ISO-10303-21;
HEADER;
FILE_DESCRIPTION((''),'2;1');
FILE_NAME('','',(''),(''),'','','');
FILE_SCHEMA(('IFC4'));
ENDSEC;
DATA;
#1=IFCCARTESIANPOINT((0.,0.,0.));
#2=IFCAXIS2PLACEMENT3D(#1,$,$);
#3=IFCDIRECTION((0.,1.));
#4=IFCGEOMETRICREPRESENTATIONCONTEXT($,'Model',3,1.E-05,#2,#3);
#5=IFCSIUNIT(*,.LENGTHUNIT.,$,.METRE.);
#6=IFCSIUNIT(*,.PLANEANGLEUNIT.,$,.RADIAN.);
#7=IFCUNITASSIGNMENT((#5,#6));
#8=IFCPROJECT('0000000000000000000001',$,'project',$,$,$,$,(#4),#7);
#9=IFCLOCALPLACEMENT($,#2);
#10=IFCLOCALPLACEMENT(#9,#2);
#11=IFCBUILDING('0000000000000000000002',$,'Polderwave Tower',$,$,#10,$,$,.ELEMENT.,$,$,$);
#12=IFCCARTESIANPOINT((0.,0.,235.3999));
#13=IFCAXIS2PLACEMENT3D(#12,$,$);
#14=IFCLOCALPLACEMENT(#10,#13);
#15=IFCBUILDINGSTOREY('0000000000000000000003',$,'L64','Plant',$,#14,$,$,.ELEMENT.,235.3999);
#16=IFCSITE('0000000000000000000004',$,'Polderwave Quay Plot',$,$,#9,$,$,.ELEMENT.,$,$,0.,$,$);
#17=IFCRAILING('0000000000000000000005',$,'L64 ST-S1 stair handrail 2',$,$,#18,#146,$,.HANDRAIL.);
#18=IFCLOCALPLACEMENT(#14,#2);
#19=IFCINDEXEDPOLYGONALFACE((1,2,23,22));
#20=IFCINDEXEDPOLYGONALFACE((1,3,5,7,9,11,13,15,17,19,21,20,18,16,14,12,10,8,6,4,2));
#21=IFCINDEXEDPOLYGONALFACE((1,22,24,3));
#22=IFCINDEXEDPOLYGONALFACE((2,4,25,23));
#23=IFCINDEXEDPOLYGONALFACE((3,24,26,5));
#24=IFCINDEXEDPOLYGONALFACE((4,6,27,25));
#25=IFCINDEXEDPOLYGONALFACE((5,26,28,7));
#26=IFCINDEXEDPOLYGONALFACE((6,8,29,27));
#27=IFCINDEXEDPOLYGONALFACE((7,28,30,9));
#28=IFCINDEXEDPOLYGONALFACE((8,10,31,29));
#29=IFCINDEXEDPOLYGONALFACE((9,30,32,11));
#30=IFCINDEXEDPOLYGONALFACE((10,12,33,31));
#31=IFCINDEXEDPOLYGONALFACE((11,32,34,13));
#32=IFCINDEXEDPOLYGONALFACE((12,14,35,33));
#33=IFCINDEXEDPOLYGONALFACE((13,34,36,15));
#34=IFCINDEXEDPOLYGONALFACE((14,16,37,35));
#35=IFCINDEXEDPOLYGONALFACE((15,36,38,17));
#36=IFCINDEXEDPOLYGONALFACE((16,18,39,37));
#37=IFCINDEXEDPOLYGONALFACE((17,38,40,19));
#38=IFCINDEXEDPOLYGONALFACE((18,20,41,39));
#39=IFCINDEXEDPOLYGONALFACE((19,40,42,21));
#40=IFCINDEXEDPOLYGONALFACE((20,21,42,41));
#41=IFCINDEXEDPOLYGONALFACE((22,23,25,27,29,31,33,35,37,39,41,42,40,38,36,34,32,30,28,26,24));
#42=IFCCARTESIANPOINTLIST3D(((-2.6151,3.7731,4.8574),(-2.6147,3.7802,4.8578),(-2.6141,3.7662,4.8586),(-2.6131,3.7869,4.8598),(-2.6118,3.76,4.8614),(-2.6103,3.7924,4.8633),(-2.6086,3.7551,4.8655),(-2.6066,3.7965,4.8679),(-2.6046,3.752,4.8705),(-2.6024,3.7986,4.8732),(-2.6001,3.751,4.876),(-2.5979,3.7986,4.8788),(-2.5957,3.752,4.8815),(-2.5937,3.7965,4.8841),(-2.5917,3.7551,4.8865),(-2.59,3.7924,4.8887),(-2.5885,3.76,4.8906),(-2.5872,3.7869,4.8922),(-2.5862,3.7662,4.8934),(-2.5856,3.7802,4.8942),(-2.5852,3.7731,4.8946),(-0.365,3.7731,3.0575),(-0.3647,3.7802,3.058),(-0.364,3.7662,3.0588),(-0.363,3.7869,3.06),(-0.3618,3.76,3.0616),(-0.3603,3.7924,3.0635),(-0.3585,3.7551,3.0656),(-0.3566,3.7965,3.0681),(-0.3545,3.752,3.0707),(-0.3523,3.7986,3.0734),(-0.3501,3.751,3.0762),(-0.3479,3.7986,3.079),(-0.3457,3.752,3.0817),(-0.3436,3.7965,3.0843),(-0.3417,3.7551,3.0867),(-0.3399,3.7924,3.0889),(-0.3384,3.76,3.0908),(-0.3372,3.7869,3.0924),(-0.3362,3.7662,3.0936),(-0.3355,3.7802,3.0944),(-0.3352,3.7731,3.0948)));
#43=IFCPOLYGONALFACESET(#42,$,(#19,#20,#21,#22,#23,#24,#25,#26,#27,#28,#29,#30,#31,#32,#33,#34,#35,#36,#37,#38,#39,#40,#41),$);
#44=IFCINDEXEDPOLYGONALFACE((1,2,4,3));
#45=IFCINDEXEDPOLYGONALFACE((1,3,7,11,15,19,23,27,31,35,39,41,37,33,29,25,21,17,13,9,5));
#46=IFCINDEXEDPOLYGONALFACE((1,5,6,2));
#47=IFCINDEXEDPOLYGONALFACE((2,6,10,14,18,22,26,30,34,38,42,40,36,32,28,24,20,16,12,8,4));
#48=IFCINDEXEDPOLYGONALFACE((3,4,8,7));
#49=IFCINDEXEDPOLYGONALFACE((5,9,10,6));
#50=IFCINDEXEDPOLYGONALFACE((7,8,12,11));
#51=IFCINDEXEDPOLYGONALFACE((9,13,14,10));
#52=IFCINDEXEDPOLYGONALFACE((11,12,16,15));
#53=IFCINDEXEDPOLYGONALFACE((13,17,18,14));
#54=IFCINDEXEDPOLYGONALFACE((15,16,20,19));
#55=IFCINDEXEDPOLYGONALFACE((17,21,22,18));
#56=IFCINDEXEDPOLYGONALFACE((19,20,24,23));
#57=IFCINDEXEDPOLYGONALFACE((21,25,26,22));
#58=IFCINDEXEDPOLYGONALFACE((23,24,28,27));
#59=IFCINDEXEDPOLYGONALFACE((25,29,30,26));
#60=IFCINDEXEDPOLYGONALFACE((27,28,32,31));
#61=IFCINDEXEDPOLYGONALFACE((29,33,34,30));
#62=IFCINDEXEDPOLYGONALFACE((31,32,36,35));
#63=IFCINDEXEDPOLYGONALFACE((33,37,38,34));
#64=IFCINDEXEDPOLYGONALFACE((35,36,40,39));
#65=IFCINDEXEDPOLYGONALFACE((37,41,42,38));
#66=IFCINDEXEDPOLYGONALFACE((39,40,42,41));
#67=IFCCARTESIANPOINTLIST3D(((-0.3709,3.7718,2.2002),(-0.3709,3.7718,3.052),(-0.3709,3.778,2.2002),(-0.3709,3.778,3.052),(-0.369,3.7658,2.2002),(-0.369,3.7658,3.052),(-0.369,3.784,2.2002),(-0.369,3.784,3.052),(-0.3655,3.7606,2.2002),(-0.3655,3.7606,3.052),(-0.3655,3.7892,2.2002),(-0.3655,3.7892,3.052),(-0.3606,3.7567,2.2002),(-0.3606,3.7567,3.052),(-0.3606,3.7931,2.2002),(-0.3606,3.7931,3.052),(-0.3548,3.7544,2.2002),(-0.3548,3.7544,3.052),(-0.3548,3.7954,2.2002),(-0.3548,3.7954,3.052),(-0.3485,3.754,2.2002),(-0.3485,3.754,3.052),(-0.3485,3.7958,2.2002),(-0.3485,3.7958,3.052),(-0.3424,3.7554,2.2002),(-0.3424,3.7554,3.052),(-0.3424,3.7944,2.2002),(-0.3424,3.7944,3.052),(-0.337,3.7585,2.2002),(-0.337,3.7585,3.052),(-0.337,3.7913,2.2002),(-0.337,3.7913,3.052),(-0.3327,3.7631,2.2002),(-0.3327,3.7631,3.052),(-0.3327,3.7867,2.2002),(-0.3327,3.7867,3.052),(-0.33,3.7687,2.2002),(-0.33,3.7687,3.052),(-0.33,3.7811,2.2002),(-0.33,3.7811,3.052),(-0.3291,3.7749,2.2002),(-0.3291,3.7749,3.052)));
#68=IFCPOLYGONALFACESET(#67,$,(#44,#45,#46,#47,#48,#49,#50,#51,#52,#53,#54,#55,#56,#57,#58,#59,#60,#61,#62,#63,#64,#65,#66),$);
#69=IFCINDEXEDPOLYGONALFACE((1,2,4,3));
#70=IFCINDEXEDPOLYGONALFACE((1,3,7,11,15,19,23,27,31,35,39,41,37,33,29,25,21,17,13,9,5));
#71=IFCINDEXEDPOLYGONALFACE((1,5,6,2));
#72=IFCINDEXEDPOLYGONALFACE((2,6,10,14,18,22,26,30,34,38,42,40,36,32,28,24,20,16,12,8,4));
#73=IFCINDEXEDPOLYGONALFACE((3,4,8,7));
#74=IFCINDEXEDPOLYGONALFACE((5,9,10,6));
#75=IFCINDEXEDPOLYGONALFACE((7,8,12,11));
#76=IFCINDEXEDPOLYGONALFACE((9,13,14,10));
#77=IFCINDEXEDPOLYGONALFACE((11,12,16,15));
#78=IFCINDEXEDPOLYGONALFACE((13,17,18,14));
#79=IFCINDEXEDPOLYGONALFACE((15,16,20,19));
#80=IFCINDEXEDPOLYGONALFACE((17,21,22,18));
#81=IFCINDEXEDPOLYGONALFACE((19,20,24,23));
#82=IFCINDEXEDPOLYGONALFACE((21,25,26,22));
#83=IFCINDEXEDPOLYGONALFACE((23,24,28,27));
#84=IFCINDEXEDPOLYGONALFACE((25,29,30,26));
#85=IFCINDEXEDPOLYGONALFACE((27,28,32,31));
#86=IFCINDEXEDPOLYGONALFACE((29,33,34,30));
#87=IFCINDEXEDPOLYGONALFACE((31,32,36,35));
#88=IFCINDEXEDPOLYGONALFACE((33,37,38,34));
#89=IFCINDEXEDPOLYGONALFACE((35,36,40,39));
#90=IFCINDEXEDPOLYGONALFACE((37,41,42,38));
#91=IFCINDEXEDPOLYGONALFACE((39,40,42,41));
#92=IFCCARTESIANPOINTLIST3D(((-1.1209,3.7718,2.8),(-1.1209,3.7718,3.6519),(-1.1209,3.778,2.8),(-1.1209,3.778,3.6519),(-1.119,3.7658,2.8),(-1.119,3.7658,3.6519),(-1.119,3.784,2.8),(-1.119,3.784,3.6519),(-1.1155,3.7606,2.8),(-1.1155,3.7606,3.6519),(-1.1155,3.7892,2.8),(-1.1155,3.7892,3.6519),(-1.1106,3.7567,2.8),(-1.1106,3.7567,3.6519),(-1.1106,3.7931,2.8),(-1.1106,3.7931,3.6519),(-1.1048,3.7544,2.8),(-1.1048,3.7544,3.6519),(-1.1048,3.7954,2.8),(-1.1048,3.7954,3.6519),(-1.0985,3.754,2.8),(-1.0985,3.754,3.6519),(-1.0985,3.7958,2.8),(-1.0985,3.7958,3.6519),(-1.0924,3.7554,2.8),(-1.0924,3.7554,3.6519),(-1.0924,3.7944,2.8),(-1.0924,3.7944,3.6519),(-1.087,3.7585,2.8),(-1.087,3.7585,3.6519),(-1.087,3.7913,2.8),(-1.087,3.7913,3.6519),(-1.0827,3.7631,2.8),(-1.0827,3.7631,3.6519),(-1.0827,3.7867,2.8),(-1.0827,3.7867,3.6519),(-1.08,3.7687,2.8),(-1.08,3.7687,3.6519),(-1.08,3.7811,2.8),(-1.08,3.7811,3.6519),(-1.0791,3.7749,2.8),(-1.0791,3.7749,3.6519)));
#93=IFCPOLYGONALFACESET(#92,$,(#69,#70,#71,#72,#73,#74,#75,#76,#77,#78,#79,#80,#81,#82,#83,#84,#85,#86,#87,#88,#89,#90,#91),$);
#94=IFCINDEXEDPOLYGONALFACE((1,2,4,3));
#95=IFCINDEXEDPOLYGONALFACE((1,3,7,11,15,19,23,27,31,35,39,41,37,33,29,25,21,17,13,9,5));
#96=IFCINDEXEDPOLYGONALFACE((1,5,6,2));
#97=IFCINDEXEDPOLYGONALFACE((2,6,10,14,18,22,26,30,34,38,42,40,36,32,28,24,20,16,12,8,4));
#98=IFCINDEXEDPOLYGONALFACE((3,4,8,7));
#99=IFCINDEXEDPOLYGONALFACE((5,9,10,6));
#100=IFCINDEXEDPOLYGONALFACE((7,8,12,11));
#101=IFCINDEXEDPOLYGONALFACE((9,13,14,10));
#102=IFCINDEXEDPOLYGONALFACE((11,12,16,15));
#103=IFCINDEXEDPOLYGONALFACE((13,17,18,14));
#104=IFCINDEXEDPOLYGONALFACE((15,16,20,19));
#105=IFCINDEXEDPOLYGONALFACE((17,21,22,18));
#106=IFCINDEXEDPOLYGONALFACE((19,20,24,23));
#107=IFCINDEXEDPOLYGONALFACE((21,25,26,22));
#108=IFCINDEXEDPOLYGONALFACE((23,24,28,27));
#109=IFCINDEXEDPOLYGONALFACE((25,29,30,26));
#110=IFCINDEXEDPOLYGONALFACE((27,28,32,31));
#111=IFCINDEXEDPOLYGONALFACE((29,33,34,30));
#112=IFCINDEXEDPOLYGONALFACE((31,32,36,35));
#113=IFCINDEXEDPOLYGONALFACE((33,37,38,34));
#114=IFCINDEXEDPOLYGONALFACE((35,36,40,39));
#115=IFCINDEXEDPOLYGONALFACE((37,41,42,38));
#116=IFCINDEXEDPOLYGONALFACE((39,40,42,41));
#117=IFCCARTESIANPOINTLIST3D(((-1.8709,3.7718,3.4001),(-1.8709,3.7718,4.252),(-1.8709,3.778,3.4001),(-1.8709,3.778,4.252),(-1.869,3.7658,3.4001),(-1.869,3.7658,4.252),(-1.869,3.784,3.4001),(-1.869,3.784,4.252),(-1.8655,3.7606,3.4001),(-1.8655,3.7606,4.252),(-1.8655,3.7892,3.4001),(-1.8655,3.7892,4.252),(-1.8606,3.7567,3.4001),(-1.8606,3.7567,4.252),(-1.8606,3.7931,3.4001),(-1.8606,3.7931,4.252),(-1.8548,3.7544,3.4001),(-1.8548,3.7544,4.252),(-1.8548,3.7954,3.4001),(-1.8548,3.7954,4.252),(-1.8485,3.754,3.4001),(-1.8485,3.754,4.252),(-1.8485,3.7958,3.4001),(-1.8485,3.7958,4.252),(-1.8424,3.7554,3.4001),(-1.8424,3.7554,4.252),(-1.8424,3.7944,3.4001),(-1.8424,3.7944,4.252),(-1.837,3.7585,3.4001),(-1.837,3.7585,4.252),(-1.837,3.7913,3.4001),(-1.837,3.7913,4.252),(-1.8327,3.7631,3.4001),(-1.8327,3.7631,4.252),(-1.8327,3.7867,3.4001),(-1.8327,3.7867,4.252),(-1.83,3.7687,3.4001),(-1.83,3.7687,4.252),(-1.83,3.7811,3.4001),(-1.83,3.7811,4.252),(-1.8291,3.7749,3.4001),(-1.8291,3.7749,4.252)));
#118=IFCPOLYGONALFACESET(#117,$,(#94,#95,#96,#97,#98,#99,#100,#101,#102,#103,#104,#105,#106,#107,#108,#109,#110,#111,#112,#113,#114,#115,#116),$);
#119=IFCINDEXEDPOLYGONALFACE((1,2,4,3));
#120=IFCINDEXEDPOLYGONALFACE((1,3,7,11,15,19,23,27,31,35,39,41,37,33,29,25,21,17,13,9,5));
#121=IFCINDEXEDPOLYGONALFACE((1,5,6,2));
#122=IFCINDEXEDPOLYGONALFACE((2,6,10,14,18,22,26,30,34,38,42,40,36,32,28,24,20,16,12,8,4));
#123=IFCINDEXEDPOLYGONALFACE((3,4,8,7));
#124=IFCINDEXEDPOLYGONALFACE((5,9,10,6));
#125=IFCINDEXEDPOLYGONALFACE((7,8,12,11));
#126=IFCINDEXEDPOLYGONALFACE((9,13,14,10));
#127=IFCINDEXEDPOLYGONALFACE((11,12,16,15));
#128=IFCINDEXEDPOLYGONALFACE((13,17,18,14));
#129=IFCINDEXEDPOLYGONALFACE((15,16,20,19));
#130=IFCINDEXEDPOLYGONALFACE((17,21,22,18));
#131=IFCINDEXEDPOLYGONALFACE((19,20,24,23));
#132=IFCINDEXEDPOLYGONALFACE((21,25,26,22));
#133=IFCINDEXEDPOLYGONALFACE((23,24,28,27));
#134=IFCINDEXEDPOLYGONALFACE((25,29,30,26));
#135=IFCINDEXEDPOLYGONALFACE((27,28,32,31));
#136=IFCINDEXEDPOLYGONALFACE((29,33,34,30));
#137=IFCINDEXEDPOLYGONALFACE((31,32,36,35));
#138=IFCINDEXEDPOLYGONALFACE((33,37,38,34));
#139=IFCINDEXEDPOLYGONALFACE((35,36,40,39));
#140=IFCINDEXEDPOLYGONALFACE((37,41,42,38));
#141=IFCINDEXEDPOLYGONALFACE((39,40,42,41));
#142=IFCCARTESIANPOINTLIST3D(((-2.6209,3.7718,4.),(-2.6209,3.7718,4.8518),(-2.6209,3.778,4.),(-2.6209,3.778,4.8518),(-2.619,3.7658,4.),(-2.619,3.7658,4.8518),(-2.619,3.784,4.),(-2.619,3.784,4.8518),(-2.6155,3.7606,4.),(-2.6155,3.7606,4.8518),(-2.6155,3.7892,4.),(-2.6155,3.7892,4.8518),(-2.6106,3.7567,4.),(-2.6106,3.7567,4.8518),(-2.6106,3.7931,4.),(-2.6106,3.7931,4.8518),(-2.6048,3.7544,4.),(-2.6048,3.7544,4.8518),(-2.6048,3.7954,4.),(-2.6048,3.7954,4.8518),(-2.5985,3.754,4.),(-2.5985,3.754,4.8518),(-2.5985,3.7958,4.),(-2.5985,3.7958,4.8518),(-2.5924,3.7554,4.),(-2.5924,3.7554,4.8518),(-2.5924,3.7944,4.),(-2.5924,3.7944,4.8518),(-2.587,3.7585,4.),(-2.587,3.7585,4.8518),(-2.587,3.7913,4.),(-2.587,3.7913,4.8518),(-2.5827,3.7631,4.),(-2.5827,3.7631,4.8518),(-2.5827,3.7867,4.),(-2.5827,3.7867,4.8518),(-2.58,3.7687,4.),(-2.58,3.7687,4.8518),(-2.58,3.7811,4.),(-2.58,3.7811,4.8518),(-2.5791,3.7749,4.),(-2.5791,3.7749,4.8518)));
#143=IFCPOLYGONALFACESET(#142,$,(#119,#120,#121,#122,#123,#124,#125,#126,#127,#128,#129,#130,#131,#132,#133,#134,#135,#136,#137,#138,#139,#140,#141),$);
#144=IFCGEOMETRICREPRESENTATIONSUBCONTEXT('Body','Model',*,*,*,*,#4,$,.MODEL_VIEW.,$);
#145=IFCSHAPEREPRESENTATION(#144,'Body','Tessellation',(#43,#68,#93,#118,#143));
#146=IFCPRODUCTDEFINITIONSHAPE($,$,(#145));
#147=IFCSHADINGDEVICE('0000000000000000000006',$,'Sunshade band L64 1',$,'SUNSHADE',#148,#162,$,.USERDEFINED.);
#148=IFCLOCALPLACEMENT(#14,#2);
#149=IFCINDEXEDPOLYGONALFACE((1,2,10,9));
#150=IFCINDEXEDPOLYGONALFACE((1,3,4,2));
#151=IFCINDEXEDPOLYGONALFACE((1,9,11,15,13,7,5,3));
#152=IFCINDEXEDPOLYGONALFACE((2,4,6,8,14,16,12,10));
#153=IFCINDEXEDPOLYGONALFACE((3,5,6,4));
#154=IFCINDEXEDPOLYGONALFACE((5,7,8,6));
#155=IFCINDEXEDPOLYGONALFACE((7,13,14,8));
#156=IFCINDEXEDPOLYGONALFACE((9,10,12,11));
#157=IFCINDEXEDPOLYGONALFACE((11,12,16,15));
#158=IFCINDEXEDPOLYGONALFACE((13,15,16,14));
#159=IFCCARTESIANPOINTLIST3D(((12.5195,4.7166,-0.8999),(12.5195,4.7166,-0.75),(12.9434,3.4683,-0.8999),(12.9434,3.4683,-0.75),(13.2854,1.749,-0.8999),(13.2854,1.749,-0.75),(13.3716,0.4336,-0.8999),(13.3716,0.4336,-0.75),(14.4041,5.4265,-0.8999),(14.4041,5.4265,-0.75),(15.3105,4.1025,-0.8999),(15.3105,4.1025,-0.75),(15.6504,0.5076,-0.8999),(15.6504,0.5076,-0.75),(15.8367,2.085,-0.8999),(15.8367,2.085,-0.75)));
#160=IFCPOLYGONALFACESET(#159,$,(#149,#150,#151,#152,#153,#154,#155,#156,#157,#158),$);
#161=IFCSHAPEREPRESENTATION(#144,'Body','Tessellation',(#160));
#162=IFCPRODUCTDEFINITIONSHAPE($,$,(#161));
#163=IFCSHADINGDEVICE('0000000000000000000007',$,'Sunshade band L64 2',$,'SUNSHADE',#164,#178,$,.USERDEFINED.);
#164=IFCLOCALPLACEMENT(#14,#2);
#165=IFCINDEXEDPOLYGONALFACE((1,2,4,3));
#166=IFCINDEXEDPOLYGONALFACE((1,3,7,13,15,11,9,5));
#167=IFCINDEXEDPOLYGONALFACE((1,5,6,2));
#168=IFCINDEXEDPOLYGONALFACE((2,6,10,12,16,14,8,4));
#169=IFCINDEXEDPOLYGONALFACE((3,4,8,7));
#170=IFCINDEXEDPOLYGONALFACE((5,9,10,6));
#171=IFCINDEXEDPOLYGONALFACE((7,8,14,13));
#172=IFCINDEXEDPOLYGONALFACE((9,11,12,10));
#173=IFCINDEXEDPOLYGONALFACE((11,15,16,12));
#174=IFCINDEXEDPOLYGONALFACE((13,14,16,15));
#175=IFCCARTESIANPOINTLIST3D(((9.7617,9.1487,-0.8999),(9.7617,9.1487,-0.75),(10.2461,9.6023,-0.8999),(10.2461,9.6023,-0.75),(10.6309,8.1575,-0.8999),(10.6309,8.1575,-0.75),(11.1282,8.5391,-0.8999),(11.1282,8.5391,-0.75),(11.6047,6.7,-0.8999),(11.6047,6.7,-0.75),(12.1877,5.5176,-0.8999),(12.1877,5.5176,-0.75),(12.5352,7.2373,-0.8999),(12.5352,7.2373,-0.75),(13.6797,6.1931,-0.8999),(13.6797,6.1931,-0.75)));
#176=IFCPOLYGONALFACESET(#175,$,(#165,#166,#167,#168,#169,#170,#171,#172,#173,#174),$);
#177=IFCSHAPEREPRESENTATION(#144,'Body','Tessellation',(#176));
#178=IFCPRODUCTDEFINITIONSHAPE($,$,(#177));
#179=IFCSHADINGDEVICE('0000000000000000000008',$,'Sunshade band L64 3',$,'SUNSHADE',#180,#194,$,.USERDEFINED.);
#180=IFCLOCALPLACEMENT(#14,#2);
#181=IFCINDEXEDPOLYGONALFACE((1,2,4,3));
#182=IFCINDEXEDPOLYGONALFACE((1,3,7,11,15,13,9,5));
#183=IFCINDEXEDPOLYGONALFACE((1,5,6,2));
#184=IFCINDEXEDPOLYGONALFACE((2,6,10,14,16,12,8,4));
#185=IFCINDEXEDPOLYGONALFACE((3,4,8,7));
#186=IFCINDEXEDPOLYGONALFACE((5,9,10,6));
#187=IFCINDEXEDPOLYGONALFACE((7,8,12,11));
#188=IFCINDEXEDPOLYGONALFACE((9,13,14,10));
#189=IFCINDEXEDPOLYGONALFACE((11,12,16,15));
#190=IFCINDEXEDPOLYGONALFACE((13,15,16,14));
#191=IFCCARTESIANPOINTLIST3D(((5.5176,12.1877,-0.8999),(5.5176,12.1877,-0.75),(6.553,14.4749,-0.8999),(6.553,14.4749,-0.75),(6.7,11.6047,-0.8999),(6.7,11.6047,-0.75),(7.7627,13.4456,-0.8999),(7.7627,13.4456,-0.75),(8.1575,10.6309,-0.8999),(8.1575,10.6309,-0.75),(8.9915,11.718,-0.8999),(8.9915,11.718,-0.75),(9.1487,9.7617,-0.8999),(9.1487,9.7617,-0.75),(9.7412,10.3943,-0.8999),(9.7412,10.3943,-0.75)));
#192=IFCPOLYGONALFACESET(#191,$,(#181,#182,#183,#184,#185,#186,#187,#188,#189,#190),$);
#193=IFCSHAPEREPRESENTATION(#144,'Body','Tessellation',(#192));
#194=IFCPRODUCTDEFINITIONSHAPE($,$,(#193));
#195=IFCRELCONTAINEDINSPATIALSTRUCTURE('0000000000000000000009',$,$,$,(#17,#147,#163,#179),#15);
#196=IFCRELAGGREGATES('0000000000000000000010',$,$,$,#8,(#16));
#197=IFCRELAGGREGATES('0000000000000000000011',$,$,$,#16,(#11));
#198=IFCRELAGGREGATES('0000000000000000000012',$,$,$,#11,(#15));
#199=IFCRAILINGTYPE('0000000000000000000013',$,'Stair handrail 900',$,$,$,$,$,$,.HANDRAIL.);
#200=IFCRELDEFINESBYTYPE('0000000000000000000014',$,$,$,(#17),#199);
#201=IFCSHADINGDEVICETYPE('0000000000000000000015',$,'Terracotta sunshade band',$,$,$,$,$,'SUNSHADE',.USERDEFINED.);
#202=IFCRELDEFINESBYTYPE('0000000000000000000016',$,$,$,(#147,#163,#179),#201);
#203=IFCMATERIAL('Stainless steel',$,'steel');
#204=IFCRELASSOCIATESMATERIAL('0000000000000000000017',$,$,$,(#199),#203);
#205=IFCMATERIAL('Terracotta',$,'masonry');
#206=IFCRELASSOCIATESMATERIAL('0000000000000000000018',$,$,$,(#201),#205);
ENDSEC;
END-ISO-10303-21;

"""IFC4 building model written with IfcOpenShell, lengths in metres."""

from ifc_helpers import new_model, si_unit, direction, frame, origin, origin_2d, place, context, subcontext, project, spatial, polyline, circle, outline, extrude, material, type_object, element, save


model = new_model("IFC4")

# Units and contexts
model_context = context("Model", 3, precision=1e-05, world=origin(), true_north=direction((0.0, 1.0)))
body_context = subcontext(model_context, "Body", "Model", "MODEL_VIEW")
ifc_project = project(units=[si_unit("LENGTHUNIT", "METRE"), si_unit("PLANEANGLEUNIT", "RADIAN")], contexts=[model_context])

# Site, building, storey
site_placement = place(None, origin())
site = spatial("IfcSite", under=ifc_project, at=site_placement, Name="Polderwave Quay Plot", CompositionType="ELEMENT", RefElevation=0.0)
building_placement = place(site_placement, origin())
building = spatial("IfcBuilding", under=site, at=building_placement, Name="Polderwave Tower", CompositionType="ELEMENT")
storey_placement = place(building_placement, frame((0.0, 0.0, 235.3999)))
storey = spatial("IfcBuildingStorey", under=building, at=storey_placement, Name="L64", Description="Plant", CompositionType="ELEMENT", Elevation=235.3999)

# Railing
ifc_material_1 = material(Name="Stainless steel", Category="steel")
railing_type_1 = type_object("IfcRailingType", Name="Stair handrail 900", PredefinedType="HANDRAIL", material=ifc_material_1)
railing_1_placement = place(storey_placement, frame((-0.3501, 3.7749, 2.2002)))
element("IfcRailing", 1, at=railing_1_placement, inside=storey, type_object=railing_type_1, Name="L64 ST-S1 stair handrail 2", PredefinedType="HANDRAIL", context=body_context, shape_type="SweptSolid", body=[
    extrude(circle(Radius=0.0239, at=origin_2d()), frame((0.0, 0.0, 0.876), z_axis=(-0.780902, 0.0, 0.624654), x_axis=(0.0, -1.0, 0.0)), (0.0, 0.0, 1.0), 2.8813),
    extrude(circle(Radius=0.021, at=origin_2d()), origin(), (0.0, 0.0, 1.0), 0.8518),
    extrude(circle(Radius=0.021, at=origin_2d()), frame((-0.75, 0.0, 0.5999)), (0.0, 0.0, 1.0), 0.8518),
    extrude(circle(Radius=0.021, at=origin_2d()), frame((-1.5, 0.0, 1.2)), (0.0, 0.0, 1.0), 0.8518),
    extrude(circle(Radius=0.021, at=origin_2d()), frame((-2.25, 0.0, 1.7998)), (0.0, 0.0, 1.0), 0.8518),
])

# Shading devices
ifc_material_2 = material(Name="Terracotta", Category="masonry")
shading_device_type = type_object("IfcShadingDeviceType", Name="Terracotta sunshade band", ElementType="SUNSHADE", PredefinedType="USERDEFINED", material=ifc_material_2)
shading_device_1_placement = place(storey_placement, frame((0.0, 0.0, -0.8999)))
element("IfcShadingDevice", 2, at=shading_device_1_placement, inside=storey, type_object=shading_device_type, Name="Sunshade band L64 1", ObjectType="SUNSHADE", PredefinedType="USERDEFINED", context=body_context, shape_type="SweptSolid", body=[
    extrude(outline(polyline([(13.3716, 0.4336), (13.2854, 1.749), (12.9434, 3.4683), (12.5195, 4.7166), (14.4041, 5.4265), (15.3105, 4.1025), (15.8367, 2.085), (15.6504, 0.5076), (13.3716, 0.4336)])), origin(), (0.0, 0.0, 1.0), 0.1499),
])
shading_device_2_placement = place(storey_placement, frame((0.0, 0.0, -0.8999)))
element("IfcShadingDevice", 3, at=shading_device_2_placement, inside=storey, type_object=shading_device_type, Name="Sunshade band L64 2", ObjectType="SUNSHADE", PredefinedType="USERDEFINED", context=body_context, shape_type="SweptSolid", body=[
    extrude(outline(polyline([(12.1877, 5.5176), (11.6047, 6.7), (10.6309, 8.1575), (9.7617, 9.1487), (10.2461, 9.6023), (11.1282, 8.5391), (12.5352, 7.2373), (13.6797, 6.1931), (12.1877, 5.5176)])), origin(), (0.0, 0.0, 1.0), 0.1499),
])
shading_device_3_placement = place(storey_placement, frame((0.0, 0.0, -0.8999)))
element("IfcShadingDevice", 4, at=shading_device_3_placement, inside=storey, type_object=shading_device_type, Name="Sunshade band L64 3", ObjectType="SUNSHADE", PredefinedType="USERDEFINED", context=body_context, shape_type="SweptSolid", body=[
    extrude(outline(polyline([(9.1487, 9.7617), (8.1575, 10.6309), (6.7, 11.6047), (5.5176, 12.1877), (6.553, 14.4749), (7.7627, 13.4456), (8.9915, 11.718), (9.7412, 10.3943), (9.1487, 9.7617)])), origin(), (0.0, 0.0, 1.0), 0.1499),
])

save(model, "model.ifc")
